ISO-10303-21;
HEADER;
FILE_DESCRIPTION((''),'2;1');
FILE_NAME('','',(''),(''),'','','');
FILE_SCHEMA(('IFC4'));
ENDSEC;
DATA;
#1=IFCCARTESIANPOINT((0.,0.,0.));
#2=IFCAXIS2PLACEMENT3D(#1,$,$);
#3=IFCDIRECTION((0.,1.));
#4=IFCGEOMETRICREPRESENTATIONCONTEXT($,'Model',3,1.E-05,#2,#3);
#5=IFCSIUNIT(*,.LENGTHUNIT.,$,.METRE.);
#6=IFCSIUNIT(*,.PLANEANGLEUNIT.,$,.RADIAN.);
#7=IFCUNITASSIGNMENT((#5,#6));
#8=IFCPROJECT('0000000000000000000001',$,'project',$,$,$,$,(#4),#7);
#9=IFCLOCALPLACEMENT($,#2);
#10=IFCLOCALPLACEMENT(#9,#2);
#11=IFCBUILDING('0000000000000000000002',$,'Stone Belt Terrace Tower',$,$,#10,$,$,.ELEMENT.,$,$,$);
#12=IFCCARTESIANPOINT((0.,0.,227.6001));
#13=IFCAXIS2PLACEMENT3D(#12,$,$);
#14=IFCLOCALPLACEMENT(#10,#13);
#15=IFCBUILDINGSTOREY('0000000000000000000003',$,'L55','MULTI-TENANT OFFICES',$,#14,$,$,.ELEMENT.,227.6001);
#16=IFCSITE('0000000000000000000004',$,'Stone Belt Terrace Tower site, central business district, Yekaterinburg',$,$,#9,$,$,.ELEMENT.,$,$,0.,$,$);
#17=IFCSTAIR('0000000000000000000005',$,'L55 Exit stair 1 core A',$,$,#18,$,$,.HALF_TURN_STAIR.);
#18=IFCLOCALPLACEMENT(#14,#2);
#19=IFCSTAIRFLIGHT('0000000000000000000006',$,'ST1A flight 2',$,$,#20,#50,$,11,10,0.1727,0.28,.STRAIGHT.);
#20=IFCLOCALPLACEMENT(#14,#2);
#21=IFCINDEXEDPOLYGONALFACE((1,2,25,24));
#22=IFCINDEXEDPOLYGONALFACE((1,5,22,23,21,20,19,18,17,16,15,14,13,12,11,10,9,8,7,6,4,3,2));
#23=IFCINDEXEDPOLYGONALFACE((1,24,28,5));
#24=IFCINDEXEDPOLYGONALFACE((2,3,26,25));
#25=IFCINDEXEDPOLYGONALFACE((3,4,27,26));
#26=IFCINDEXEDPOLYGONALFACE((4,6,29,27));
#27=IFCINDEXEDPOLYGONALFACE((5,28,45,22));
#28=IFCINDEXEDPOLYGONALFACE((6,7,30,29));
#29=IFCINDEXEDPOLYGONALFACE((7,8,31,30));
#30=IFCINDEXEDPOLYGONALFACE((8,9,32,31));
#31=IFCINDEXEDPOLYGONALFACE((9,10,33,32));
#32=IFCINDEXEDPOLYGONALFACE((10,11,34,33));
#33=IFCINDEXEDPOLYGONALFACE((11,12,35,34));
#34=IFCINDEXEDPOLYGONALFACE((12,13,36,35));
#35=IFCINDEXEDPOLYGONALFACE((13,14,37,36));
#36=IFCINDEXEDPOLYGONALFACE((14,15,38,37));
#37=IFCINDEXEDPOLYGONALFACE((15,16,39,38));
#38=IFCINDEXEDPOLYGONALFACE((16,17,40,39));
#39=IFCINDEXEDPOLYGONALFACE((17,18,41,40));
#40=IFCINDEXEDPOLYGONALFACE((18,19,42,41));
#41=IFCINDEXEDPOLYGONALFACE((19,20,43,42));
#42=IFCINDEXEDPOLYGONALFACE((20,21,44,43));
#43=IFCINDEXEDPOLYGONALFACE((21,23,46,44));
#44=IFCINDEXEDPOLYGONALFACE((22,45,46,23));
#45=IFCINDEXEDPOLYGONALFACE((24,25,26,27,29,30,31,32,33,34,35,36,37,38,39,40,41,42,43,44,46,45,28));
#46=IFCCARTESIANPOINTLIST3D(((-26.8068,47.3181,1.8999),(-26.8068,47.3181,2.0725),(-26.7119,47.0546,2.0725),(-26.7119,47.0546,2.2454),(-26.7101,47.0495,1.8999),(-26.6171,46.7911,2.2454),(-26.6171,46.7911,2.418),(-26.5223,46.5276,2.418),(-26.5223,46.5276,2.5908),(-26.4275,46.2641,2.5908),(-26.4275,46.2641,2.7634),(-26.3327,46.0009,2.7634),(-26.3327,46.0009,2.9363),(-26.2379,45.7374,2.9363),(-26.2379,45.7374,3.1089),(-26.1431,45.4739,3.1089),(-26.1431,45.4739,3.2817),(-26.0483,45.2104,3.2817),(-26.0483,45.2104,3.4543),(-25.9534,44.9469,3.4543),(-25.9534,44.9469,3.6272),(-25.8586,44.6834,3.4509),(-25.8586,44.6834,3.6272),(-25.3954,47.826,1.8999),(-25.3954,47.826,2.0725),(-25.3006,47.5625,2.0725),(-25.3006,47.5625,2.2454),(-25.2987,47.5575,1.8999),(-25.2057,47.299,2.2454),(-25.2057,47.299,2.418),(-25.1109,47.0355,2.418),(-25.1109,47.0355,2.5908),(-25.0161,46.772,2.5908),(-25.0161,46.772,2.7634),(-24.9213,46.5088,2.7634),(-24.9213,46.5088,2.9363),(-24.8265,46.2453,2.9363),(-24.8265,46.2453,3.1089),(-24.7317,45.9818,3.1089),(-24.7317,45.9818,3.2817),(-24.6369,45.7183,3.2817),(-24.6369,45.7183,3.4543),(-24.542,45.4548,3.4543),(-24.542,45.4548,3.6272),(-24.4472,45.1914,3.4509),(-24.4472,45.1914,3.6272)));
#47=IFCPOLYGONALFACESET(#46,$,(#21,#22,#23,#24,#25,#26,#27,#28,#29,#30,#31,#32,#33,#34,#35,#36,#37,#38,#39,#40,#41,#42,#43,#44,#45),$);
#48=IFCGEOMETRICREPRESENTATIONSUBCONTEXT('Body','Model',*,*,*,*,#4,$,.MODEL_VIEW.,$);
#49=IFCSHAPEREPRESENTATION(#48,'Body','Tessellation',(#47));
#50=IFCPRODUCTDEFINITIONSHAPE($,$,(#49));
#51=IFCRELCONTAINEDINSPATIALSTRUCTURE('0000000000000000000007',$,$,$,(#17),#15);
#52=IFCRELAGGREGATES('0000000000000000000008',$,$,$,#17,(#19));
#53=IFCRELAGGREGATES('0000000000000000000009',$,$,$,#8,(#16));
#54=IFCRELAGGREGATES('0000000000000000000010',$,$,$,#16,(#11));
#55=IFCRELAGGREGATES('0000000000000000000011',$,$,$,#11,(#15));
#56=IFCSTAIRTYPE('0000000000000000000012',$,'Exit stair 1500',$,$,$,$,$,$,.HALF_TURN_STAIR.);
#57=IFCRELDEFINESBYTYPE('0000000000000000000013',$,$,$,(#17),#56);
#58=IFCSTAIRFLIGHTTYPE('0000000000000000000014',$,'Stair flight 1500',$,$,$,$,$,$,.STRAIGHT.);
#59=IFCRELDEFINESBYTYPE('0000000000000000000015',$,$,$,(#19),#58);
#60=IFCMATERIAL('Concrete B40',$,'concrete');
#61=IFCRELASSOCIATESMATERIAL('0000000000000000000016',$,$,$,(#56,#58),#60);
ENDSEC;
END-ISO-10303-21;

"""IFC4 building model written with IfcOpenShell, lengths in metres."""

from ifc_helpers import new_model, si_unit, direction, frame, origin, place, context, subcontext, project, spatial, polyline, outline, extrude, material, type_object, element, aggregate, save


model = new_model("IFC4")

# Units and contexts
model_context = context("Model", 3, precision=1e-05, world=origin(), true_north=direction((0.0, 1.0)))
body_context = subcontext(model_context, "Body", "Model", "MODEL_VIEW")
ifc_project = project(units=[si_unit("LENGTHUNIT", "METRE"), si_unit("PLANEANGLEUNIT", "RADIAN")], contexts=[model_context])

# Site, building, storey
site_placement = place(None, origin())
site = spatial("IfcSite", under=ifc_project, at=site_placement, Name="Stone Belt Terrace Tower site, central business district, Yekaterinburg", CompositionType="ELEMENT", RefElevation=0.0)
building_placement = place(site_placement, origin())
building = spatial("IfcBuilding", under=site, at=building_placement, Name="Stone Belt Terrace Tower", CompositionType="ELEMENT")
storey_placement = place(building_placement, frame((0.0, 0.0, 227.6001)))
storey = spatial("IfcBuildingStorey", under=building, at=storey_placement, Name="L55", Description="MULTI-TENANT OFFICES", CompositionType="ELEMENT", Elevation=227.6001)

# Stair, stair flight
ifc_material_1 = material(Name="Concrete B40", Category="concrete")
stair_type = type_object("IfcStairType", Name="Exit stair 1500", PredefinedType="HALF_TURN_STAIR", material=ifc_material_1)
stair_placement = place(storey_placement, origin())
stair = element("IfcStair", 1, at=stair_placement, inside=storey, type_object=stair_type, Name="L55 Exit stair 1 core A", PredefinedType="HALF_TURN_STAIR")
stair_flight_type = type_object("IfcStairFlightType", Name="Stair flight 1500", PredefinedType="STRAIGHT", material=ifc_material_1)
stair_flight_placement = place(storey_placement, frame((-26.1011, 47.572, 1.8999), z_axis=(0.0, 0.0, 1.0), x_axis=(0.338624, -0.940922, 0.0)))
stair_flight = element("IfcStairFlight", 2, at=stair_flight_placement, type_object=stair_flight_type, Name="ST1A flight 2", NumberOfRisers=11, NumberOfTreads=10, PredefinedType="STRAIGHT", RiserHeight=0.1727, TreadLength=0.28, context=body_context, shape_type="SweptSolid", body=[
    extrude(outline(polyline([(0.0, 0.0), (0.0, 0.1726), (0.28, 0.1726), (0.28, 0.3455), (0.5601, 0.3455), (0.5601, 0.5181), (0.8401, 0.5181), (0.8401, 0.6909), (1.1201, 0.6909), (1.1201, 0.8635), (1.3999, 0.8635), (1.3999, 1.0364), (1.6799, 1.0364), (1.6799, 1.209), (1.96, 1.209), (1.96, 1.3818), (2.24, 1.3818), (2.24, 1.5544), (2.52, 1.5544), (2.52, 1.7273), (2.8, 1.7273), (2.8, 1.8999), (2.8, 1.551), (0.2854, 0.0), (0.0, 0.0)])), frame((0.0, 0.75, 0.0), z_axis=(0.0, -1.0, 0.0), x_axis=(1.0, 0.0, 0.0)), (0.0, 0.0, 1.0), 1.5),
])
aggregate(stair, [stair_flight])

save(model, "model.ifc")
